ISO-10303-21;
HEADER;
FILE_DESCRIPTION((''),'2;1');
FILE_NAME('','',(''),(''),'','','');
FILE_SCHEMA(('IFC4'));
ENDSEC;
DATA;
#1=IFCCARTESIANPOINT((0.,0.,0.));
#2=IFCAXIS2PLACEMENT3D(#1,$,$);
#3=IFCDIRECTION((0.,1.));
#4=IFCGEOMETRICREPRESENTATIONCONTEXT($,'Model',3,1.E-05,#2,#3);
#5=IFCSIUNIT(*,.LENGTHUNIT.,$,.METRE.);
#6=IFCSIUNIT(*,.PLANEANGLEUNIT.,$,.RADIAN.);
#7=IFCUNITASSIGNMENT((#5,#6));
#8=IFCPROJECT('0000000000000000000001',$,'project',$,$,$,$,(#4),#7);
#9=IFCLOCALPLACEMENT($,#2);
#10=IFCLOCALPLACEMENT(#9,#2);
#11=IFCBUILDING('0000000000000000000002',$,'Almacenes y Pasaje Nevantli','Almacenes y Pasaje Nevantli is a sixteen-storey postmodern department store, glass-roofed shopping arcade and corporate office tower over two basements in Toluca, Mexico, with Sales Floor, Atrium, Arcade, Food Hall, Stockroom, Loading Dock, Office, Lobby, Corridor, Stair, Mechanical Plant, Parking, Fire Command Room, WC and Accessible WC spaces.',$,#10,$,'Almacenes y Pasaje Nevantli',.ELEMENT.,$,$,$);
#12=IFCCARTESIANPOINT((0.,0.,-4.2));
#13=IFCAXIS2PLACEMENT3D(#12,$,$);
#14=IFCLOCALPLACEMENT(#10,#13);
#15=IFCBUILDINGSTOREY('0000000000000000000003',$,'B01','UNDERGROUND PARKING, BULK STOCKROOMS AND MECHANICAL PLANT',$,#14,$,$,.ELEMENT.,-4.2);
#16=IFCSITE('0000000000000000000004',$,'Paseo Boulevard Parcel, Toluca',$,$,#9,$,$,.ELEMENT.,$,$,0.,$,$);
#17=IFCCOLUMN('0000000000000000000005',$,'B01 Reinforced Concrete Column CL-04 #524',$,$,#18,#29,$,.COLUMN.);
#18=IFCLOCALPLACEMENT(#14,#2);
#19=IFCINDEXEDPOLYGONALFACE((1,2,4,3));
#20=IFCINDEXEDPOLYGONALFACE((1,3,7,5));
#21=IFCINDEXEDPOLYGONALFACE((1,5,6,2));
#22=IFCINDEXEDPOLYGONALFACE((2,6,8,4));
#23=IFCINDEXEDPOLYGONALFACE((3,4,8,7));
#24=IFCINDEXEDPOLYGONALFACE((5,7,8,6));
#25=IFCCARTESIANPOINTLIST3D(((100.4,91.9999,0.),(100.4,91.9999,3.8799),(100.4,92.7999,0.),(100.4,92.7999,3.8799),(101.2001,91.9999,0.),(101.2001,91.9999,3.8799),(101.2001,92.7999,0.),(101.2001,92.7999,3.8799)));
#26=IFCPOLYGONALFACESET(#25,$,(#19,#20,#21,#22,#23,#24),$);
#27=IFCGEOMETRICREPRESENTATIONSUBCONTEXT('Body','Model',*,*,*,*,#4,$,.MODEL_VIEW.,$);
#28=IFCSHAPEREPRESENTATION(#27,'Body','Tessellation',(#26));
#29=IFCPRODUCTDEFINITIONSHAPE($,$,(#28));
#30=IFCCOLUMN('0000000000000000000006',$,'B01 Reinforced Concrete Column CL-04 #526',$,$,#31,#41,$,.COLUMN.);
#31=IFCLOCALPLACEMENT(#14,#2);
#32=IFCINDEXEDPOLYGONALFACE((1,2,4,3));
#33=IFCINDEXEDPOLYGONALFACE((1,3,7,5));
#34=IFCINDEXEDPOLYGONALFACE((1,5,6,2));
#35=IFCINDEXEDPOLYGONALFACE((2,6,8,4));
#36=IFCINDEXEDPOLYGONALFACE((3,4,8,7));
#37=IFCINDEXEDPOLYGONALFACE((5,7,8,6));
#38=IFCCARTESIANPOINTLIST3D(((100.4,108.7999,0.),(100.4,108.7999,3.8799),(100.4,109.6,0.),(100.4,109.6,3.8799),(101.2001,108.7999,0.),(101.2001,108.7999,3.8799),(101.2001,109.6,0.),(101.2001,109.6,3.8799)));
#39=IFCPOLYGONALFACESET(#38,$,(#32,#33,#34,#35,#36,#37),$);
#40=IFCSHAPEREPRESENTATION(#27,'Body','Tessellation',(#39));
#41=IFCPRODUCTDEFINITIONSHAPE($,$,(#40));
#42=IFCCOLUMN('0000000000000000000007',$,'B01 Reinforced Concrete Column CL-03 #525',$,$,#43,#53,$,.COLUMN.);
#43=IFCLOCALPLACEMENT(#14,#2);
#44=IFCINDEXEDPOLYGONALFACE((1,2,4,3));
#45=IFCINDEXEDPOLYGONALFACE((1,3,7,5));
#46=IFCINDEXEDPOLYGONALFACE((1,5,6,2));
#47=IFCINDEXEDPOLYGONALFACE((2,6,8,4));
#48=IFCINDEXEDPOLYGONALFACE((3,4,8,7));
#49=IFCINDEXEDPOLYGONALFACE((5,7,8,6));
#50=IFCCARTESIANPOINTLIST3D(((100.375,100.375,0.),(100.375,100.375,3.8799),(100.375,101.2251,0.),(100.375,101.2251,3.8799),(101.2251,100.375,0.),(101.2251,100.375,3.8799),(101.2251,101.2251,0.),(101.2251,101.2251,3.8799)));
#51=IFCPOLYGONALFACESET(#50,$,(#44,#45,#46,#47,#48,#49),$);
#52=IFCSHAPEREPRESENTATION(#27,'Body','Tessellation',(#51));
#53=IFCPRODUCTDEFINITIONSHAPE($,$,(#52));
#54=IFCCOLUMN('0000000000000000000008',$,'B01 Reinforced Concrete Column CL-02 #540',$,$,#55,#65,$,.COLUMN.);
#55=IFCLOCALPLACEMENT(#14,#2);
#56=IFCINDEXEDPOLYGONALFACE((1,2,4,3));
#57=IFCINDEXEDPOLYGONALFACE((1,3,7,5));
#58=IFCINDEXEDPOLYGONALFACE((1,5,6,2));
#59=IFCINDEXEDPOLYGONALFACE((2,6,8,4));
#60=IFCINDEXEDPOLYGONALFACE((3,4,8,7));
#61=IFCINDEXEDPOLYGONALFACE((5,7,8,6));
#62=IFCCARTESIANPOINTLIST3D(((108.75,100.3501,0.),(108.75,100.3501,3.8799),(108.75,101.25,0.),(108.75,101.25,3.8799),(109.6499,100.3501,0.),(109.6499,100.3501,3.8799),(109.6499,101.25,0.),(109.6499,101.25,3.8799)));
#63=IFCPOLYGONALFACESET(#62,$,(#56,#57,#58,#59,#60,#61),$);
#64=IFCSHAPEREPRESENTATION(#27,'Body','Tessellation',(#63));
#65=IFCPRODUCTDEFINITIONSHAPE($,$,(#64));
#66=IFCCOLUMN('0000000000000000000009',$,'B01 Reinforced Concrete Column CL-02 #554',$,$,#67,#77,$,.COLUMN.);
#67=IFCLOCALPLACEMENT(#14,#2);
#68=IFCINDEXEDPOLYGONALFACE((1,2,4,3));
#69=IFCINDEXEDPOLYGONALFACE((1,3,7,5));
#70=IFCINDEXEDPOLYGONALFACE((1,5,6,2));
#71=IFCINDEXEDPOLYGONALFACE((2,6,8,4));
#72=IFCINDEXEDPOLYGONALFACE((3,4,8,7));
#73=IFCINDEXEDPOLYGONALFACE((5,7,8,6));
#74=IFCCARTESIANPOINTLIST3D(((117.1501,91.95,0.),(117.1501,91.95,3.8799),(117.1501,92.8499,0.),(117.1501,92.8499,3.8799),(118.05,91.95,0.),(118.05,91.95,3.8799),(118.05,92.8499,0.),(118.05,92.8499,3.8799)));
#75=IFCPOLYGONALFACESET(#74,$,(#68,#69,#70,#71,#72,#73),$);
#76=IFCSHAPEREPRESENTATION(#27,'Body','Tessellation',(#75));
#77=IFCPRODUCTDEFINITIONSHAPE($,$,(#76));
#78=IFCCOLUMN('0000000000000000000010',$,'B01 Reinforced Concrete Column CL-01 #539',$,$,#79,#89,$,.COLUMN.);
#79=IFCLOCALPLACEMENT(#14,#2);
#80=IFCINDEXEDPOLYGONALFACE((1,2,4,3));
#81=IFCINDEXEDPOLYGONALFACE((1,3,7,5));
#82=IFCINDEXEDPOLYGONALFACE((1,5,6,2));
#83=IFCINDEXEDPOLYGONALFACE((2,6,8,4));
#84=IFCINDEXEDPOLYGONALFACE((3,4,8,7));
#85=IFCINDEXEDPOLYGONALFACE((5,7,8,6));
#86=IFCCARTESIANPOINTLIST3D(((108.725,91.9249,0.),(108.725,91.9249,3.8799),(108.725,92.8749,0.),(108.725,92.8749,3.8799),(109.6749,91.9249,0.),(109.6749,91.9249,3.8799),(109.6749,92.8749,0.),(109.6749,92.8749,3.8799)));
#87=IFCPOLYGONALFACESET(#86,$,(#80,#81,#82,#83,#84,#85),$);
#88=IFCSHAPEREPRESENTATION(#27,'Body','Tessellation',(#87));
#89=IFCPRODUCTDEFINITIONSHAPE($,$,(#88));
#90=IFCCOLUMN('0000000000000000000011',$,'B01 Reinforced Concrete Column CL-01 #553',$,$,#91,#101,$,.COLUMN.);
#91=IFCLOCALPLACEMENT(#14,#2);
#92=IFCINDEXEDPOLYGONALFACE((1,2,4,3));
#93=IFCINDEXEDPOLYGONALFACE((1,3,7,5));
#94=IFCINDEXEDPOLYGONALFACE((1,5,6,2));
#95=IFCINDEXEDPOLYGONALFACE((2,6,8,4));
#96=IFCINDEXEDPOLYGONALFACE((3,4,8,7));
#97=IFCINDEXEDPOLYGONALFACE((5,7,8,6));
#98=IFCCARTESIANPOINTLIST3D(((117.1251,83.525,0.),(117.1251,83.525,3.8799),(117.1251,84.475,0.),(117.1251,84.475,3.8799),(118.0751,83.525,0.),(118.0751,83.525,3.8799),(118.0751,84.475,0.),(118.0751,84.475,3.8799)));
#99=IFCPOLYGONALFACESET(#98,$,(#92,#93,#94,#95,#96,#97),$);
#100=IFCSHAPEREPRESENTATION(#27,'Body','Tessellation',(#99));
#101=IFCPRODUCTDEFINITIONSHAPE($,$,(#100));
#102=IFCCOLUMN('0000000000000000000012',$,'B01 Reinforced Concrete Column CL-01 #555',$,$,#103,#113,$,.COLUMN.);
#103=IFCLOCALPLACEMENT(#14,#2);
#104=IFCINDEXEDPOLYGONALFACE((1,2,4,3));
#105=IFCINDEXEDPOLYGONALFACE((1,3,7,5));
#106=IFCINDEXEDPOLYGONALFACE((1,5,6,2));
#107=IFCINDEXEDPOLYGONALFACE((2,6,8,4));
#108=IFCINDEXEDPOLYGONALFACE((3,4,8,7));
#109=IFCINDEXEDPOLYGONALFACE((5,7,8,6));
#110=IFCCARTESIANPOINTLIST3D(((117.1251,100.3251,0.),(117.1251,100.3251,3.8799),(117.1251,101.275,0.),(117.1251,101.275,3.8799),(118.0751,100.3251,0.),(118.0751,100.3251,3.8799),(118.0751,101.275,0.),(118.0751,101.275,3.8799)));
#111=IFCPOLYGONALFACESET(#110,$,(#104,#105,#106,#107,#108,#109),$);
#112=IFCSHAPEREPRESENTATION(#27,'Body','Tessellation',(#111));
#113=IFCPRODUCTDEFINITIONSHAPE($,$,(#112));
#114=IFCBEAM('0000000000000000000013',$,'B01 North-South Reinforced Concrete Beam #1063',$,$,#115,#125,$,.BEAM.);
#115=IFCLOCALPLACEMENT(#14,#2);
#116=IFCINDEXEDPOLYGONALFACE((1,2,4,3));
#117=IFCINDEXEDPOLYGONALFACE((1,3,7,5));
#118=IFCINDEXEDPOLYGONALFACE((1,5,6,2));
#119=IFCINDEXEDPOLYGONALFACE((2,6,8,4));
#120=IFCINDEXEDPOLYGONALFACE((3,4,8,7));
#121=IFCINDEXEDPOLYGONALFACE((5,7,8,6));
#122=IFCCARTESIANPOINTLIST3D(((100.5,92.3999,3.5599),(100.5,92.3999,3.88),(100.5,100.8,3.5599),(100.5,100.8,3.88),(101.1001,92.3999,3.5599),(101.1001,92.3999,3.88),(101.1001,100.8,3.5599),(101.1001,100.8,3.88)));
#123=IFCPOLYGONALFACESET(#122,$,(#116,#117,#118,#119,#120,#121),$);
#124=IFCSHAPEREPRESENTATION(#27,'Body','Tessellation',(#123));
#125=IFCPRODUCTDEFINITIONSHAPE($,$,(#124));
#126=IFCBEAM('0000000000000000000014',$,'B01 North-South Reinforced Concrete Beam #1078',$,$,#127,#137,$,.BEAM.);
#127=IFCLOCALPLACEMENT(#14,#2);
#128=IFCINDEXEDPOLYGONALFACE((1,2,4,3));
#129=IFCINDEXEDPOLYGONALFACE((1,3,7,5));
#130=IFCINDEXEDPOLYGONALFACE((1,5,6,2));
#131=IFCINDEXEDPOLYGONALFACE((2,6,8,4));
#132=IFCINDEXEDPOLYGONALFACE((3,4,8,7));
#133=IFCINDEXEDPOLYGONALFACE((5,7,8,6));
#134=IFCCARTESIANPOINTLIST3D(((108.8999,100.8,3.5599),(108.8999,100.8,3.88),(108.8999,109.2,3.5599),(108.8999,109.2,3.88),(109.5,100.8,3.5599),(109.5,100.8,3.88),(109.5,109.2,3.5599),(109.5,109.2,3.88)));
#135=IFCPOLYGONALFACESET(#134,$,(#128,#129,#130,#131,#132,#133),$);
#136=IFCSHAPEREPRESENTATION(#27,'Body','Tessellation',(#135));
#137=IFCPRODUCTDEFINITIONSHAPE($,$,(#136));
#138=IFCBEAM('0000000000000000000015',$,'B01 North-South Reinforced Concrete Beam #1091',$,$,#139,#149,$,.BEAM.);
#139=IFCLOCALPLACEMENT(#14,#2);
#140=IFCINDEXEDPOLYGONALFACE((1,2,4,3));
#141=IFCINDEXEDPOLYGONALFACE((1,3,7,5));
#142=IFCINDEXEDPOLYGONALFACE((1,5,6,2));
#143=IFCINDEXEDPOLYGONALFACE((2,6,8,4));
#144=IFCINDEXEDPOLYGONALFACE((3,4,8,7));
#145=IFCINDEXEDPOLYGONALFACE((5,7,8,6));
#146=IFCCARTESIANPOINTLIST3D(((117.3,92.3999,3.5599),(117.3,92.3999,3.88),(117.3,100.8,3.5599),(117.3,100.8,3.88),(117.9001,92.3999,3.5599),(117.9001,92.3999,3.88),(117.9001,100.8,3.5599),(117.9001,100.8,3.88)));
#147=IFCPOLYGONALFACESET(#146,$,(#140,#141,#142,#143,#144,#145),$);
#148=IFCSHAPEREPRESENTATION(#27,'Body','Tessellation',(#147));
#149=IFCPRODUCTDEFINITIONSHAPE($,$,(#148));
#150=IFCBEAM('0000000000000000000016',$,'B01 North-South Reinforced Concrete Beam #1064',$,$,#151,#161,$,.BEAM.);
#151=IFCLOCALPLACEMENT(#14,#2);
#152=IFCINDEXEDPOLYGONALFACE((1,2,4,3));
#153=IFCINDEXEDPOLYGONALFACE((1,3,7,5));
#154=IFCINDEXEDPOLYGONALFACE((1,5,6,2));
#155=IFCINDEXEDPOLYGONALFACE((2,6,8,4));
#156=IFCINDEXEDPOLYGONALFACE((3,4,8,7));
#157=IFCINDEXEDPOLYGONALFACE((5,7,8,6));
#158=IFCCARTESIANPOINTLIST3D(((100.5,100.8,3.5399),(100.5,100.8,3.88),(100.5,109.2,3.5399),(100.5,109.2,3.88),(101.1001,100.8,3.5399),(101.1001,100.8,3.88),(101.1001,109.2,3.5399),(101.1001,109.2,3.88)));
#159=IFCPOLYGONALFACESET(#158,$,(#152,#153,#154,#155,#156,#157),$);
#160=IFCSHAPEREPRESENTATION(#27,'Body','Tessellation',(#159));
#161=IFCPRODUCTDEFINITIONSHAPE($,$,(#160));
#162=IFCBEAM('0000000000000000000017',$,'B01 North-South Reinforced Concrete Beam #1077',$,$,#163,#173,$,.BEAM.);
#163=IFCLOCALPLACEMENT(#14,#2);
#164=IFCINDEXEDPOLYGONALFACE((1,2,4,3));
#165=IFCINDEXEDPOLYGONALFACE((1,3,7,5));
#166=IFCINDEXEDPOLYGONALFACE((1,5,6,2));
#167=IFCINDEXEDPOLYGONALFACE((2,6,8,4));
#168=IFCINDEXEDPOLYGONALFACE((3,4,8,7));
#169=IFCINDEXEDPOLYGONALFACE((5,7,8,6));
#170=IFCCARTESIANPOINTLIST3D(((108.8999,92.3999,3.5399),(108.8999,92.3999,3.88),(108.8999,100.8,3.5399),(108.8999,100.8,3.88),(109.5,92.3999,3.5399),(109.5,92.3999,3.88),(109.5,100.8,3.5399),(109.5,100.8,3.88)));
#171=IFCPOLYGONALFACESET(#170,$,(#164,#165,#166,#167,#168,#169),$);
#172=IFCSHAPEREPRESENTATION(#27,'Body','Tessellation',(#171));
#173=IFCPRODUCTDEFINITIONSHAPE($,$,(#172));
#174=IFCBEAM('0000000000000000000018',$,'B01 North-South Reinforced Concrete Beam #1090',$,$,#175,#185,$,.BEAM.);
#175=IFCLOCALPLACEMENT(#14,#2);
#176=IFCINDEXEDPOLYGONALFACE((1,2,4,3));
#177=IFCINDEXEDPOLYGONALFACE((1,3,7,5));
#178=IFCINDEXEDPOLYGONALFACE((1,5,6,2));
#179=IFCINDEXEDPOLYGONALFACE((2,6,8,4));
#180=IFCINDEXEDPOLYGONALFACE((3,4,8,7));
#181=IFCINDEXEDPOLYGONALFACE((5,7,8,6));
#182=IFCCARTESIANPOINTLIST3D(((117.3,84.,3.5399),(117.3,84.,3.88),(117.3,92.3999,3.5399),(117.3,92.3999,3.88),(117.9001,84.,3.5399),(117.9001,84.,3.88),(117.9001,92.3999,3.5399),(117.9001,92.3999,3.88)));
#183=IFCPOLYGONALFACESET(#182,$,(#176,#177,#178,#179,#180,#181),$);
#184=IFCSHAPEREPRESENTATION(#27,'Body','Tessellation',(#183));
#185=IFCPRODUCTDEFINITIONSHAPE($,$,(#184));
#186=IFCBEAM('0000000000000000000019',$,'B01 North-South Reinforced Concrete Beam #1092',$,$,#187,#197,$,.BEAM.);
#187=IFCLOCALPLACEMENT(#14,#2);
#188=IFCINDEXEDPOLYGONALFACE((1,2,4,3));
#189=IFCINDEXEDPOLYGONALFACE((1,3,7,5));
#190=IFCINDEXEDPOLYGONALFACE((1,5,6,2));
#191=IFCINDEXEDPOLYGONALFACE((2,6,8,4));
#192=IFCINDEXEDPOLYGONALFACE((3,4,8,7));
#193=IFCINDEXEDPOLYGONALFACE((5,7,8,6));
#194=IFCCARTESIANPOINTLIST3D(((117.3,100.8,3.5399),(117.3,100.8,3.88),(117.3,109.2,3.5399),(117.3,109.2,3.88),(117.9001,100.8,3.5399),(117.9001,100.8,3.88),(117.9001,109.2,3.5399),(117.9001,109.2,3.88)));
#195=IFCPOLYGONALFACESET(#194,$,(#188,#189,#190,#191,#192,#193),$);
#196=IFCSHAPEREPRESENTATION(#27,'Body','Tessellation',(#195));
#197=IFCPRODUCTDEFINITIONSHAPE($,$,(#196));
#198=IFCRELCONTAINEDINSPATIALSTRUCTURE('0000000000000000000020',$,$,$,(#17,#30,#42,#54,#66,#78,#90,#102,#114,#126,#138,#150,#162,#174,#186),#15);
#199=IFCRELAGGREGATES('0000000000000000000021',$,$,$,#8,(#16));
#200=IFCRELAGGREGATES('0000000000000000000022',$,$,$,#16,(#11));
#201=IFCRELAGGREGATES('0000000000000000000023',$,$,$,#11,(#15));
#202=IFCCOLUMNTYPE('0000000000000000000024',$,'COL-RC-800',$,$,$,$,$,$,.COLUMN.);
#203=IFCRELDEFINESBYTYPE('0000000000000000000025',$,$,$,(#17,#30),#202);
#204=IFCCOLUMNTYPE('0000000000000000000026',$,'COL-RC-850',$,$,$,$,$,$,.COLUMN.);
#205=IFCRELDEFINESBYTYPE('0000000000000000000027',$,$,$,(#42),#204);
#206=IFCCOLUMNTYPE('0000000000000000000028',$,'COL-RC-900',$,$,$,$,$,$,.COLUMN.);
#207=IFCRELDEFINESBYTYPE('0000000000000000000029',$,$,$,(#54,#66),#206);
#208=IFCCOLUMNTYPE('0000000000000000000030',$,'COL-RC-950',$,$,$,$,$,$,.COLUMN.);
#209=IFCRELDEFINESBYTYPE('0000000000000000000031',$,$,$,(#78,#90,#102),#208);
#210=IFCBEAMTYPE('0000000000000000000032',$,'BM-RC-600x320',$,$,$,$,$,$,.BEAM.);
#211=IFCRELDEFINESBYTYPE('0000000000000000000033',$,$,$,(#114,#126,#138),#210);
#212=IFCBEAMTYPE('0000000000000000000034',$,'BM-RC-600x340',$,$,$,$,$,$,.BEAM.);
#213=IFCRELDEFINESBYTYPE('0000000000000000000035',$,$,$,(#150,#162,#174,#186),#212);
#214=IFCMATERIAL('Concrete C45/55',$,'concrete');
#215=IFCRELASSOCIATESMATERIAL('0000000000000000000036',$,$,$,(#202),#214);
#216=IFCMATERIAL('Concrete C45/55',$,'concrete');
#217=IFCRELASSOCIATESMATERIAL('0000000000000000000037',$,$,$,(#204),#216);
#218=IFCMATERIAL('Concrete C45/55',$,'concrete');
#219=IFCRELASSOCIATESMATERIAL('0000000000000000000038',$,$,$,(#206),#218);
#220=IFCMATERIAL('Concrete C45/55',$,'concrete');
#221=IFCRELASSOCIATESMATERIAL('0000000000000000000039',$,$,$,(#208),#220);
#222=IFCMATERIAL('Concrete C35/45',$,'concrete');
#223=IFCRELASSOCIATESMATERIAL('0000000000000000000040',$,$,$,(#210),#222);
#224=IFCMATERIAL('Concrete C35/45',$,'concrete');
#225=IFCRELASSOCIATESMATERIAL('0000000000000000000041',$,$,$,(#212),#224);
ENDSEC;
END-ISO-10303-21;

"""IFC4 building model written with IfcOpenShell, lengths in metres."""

from ifc_helpers import new_model, si_unit, direction, frame, origin, origin_2d, place, context, subcontext, project, spatial, rectangle, extrude, material, material_profile, profile_set, type_object, element, save


model = new_model("IFC4")

# Units and contexts
model_context = context("Model", 3, precision=1e-05, world=origin(), true_north=direction((0.0, 1.0)))
body_context = subcontext(model_context, "Body", "Model", "MODEL_VIEW")
ifc_project = project(units=[si_unit("LENGTHUNIT", "METRE"), si_unit("PLANEANGLEUNIT", "RADIAN")], contexts=[model_context])

# Site, building, storey
site_placement = place(None, origin())
site = spatial("IfcSite", under=ifc_project, at=site_placement, Name="Paseo Boulevard Parcel, Toluca", CompositionType="ELEMENT", RefElevation=0.0)
building_placement = place(site_placement, origin())
building = spatial("IfcBuilding", under=site, at=building_placement, Name="Almacenes y Pasaje Nevantli", Description="Almacenes y Pasaje Nevantli is a sixteen-storey postmodern department store, glass-roofed shopping arcade and corporate office tower over two basements in Toluca, Mexico, with Sales Floor, Atrium, Arcade, Food Hall, Stockroom, Loading Dock, Office, Lobby, Corridor, Stair, Mechanical Plant, Parking, Fire Command Room, WC and Accessible WC spaces.", LongName="Almacenes y Pasaje Nevantli", CompositionType="ELEMENT")
storey_placement = place(building_placement, frame((0.0, 0.0, -4.2)))
storey = spatial("IfcBuildingStorey", under=building, at=storey_placement, Name="B01", Description="UNDERGROUND PARKING, BULK STOCKROOMS AND MECHANICAL PLANT", CompositionType="ELEMENT", Elevation=-4.2)

# Columns
ifc_material_1 = material(Name="Concrete C45/55", Category="concrete")
ifc_material_profile_1 = material_profile(ifc_material_1, rectangle(XDim=0.8, YDim=0.8, at=origin_2d()), Name="RC-COL-800x800")
ifc_profile_set_1 = profile_set([ifc_material_profile_1], Name="Concrete C45/55")
column_type_1 = type_object("IfcColumnType", Name="COL-RC-800", PredefinedType="COLUMN", material=ifc_profile_set_1)
for number, where, z_axis, x_axis, name in (
    (1, (100.8, 92.3999, 0.0), (0.0, 0.0, 1.0), (1.0, 0.0, 0.0), "B01 Reinforced Concrete Column CL-04 #524"),
    (2, (100.8, 109.2, 0.0), (0.0, 0.0, 1.0), (1.0, 0.0, 0.0), "B01 Reinforced Concrete Column CL-04 #526"),
):
    element("IfcColumn", number, at=place(storey_placement, frame(where, z_axis=z_axis, x_axis=x_axis)), inside=storey, type_object=column_type_1, Name=name, PredefinedType="COLUMN", context=body_context, shape_type="SweptSolid", body=[
        extrude(rectangle(XDim=0.8, YDim=0.8, at=origin_2d()), origin(), (0.0, 0.0, 1.0), 3.8799),
    ])
ifc_material_2 = material(Name="Concrete C45/55", Category="concrete")
ifc_material_profile_2 = material_profile(ifc_material_2, rectangle(XDim=0.8501, YDim=0.8501, at=origin_2d()), Name="RC-COL-850x850")
ifc_profile_set_2 = profile_set([ifc_material_profile_2], Name="Concrete C45/55")
column_type_2 = type_object("IfcColumnType", Name="COL-RC-850", PredefinedType="COLUMN", material=ifc_profile_set_2)
column_placement = place(storey_placement, frame((100.8, 100.8, 0.0), z_axis=(0.0, 0.0, 1.0), x_axis=(1.0, 0.0, 0.0)))
element("IfcColumn", 3, at=column_placement, inside=storey, type_object=column_type_2, Name="B01 Reinforced Concrete Column CL-03 #525", PredefinedType="COLUMN", context=body_context, shape_type="SweptSolid", body=[
    extrude(rectangle(XDim=0.8501, YDim=0.8501, at=origin_2d()), origin(), (0.0, 0.0, 1.0), 3.8799),
])
ifc_material_3 = material(Name="Concrete C45/55", Category="concrete")
ifc_material_profile_3 = material_profile(ifc_material_3, rectangle(XDim=0.8999, YDim=0.8999, at=origin_2d()), Name="RC-COL-900x900")
ifc_profile_set_3 = profile_set([ifc_material_profile_3], Name="Concrete C45/55")
column_type_3 = type_object("IfcColumnType", Name="COL-RC-900", PredefinedType="COLUMN", material=ifc_profile_set_3)
for number, where, z_axis, x_axis, name in (
    (4, (109.2, 100.8, 0.0), (0.0, 0.0, 1.0), (1.0, 0.0, 0.0), "B01 Reinforced Concrete Column CL-02 #540"),
    (5, (117.6001, 92.3999, 0.0), (0.0, 0.0, 1.0), (1.0, 0.0, 0.0), "B01 Reinforced Concrete Column CL-02 #554"),
):
    element("IfcColumn", number, at=place(storey_placement, frame(where, z_axis=z_axis, x_axis=x_axis)), inside=storey, type_object=column_type_3, Name=name, PredefinedType="COLUMN", context=body_context, shape_type="SweptSolid", body=[
        extrude(rectangle(XDim=0.8999, YDim=0.8999, at=origin_2d()), origin(), (0.0, 0.0, 1.0), 3.8799),
    ])
ifc_material_4 = material(Name="Concrete C45/55", Category="concrete")
ifc_material_profile_4 = material_profile(ifc_material_4, rectangle(XDim=0.95, YDim=0.95, at=origin_2d()), Name="RC-COL-950x950")
ifc_profile_set_4 = profile_set([ifc_material_profile_4], Name="Concrete C45/55")
column_type_4 = type_object("IfcColumnType", Name="COL-RC-950", PredefinedType="COLUMN", material=ifc_profile_set_4)
for number, where, z_axis, x_axis, name in (
    (6, (109.2, 92.3999, 0.0), (0.0, 0.0, 1.0), (1.0, 0.0, 0.0), "B01 Reinforced Concrete Column CL-01 #539"),
    (7, (117.6001, 84.0, 0.0), (0.0, 0.0, 1.0), (1.0, 0.0, 0.0), "B01 Reinforced Concrete Column CL-01 #553"),
    (8, (117.6001, 100.8, 0.0), (0.0, 0.0, 1.0), (1.0, 0.0, 0.0), "B01 Reinforced Concrete Column CL-01 #555"),
):
    element("IfcColumn", number, at=place(storey_placement, frame(where, z_axis=z_axis, x_axis=x_axis)), inside=storey, type_object=column_type_4, Name=name, PredefinedType="COLUMN", context=body_context, shape_type="SweptSolid", body=[
        extrude(rectangle(XDim=0.95, YDim=0.95, at=origin_2d()), origin(), (0.0, 0.0, 1.0), 3.8799),
    ])

# Beams
ifc_material_5 = material(Name="Concrete C35/45", Category="concrete")
ifc_material_profile_5 = material_profile(ifc_material_5, rectangle(XDim=0.6001, YDim=0.3201, at=origin_2d()), Name="RC-BM-600x320")
ifc_profile_set_5 = profile_set([ifc_material_profile_5], Name="Concrete C35/45")
beam_type_1 = type_object("IfcBeamType", Name="BM-RC-600x320", PredefinedType="BEAM", material=ifc_profile_set_5)
beam_1_placement = place(storey_placement, frame((100.8, 92.3999, 3.72), z_axis=(0.0, 1.0, 0.0), x_axis=(-1.0, 0.0, 0.0)))
element("IfcBeam", 9, at=beam_1_placement, inside=storey, type_object=beam_type_1, Name="B01 North-South Reinforced Concrete Beam #1063", PredefinedType="BEAM", context=body_context, shape_type="SweptSolid", body=[
    extrude(rectangle(XDim=0.6001, YDim=0.3201, at=origin_2d()), origin(), (0.0, 0.0, 1.0), 8.4001),
])
beam_2_placement = place(storey_placement, frame((109.2, 100.8, 3.72), z_axis=(0.0, 1.0, 0.0), x_axis=(-1.0, 0.0, 0.0)))
element("IfcBeam", 10, at=beam_2_placement, inside=storey, type_object=beam_type_1, Name="B01 North-South Reinforced Concrete Beam #1078", PredefinedType="BEAM", context=body_context, shape_type="SweptSolid", body=[
    extrude(rectangle(XDim=0.6001, YDim=0.3201, at=origin_2d()), origin(), (0.0, 0.0, 1.0), 8.3999),
])
beam_3_placement = place(storey_placement, frame((117.6001, 92.3999, 3.72), z_axis=(0.0, 1.0, 0.0), x_axis=(-1.0, 0.0, 0.0)))
element("IfcBeam", 11, at=beam_3_placement, inside=storey, type_object=beam_type_1, Name="B01 North-South Reinforced Concrete Beam #1091", PredefinedType="BEAM", context=body_context, shape_type="SweptSolid", body=[
    extrude(rectangle(XDim=0.6001, YDim=0.3201, at=origin_2d()), origin(), (0.0, 0.0, 1.0), 8.4001),
])
ifc_material_6 = material(Name="Concrete C35/45", Category="concrete")
ifc_material_profile_6 = material_profile(ifc_material_6, rectangle(XDim=0.6001, YDim=0.3401, at=origin_2d()), Name="RC-BM-600x340")
ifc_profile_set_6 = profile_set([ifc_material_profile_6], Name="Concrete C35/45")
beam_type_2 = type_object("IfcBeamType", Name="BM-RC-600x340", PredefinedType="BEAM", material=ifc_profile_set_6)
beam_4_placement = place(storey_placement, frame((100.8, 100.8, 3.71), z_axis=(0.0, 1.0, 0.0), x_axis=(-1.0, 0.0, 0.0)))
element("IfcBeam", 12, at=beam_4_placement, inside=storey, type_object=beam_type_2, Name="B01 North-South Reinforced Concrete Beam #1064", PredefinedType="BEAM", context=body_context, shape_type="SweptSolid", body=[
    extrude(rectangle(XDim=0.6001, YDim=0.3401, at=origin_2d()), origin(), (0.0, 0.0, 1.0), 8.3999),
])
beam_5_placement = place(storey_placement, frame((109.2, 92.3999, 3.71), z_axis=(0.0, 1.0, 0.0), x_axis=(-1.0, 0.0, 0.0)))
element("IfcBeam", 13, at=beam_5_placement, inside=storey, type_object=beam_type_2, Name="B01 North-South Reinforced Concrete Beam #1077", PredefinedType="BEAM", context=body_context, shape_type="SweptSolid", body=[
    extrude(rectangle(XDim=0.6001, YDim=0.3401, at=origin_2d()), origin(), (0.0, 0.0, 1.0), 8.4001),
])
for number, where, z_axis, x_axis, name in (
    (14, (117.6001, 84.0, 3.71), (0.0, 1.0, 0.0), (-1.0, 0.0, 0.0), "B01 North-South Reinforced Concrete Beam #1090"),
    (15, (117.6001, 100.8, 3.71), (0.0, 1.0, 0.0), (-1.0, 0.0, 0.0), "B01 North-South Reinforced Concrete Beam #1092"),
):
    element("IfcBeam", number, at=place(storey_placement, frame(where, z_axis=z_axis, x_axis=x_axis)), inside=storey, type_object=beam_type_2, Name=name, PredefinedType="BEAM", context=body_context, shape_type="SweptSolid", body=[
        extrude(rectangle(XDim=0.6001, YDim=0.3401, at=origin_2d()), origin(), (0.0, 0.0, 1.0), 8.3999),
    ])

save(model, "model.ifc")
